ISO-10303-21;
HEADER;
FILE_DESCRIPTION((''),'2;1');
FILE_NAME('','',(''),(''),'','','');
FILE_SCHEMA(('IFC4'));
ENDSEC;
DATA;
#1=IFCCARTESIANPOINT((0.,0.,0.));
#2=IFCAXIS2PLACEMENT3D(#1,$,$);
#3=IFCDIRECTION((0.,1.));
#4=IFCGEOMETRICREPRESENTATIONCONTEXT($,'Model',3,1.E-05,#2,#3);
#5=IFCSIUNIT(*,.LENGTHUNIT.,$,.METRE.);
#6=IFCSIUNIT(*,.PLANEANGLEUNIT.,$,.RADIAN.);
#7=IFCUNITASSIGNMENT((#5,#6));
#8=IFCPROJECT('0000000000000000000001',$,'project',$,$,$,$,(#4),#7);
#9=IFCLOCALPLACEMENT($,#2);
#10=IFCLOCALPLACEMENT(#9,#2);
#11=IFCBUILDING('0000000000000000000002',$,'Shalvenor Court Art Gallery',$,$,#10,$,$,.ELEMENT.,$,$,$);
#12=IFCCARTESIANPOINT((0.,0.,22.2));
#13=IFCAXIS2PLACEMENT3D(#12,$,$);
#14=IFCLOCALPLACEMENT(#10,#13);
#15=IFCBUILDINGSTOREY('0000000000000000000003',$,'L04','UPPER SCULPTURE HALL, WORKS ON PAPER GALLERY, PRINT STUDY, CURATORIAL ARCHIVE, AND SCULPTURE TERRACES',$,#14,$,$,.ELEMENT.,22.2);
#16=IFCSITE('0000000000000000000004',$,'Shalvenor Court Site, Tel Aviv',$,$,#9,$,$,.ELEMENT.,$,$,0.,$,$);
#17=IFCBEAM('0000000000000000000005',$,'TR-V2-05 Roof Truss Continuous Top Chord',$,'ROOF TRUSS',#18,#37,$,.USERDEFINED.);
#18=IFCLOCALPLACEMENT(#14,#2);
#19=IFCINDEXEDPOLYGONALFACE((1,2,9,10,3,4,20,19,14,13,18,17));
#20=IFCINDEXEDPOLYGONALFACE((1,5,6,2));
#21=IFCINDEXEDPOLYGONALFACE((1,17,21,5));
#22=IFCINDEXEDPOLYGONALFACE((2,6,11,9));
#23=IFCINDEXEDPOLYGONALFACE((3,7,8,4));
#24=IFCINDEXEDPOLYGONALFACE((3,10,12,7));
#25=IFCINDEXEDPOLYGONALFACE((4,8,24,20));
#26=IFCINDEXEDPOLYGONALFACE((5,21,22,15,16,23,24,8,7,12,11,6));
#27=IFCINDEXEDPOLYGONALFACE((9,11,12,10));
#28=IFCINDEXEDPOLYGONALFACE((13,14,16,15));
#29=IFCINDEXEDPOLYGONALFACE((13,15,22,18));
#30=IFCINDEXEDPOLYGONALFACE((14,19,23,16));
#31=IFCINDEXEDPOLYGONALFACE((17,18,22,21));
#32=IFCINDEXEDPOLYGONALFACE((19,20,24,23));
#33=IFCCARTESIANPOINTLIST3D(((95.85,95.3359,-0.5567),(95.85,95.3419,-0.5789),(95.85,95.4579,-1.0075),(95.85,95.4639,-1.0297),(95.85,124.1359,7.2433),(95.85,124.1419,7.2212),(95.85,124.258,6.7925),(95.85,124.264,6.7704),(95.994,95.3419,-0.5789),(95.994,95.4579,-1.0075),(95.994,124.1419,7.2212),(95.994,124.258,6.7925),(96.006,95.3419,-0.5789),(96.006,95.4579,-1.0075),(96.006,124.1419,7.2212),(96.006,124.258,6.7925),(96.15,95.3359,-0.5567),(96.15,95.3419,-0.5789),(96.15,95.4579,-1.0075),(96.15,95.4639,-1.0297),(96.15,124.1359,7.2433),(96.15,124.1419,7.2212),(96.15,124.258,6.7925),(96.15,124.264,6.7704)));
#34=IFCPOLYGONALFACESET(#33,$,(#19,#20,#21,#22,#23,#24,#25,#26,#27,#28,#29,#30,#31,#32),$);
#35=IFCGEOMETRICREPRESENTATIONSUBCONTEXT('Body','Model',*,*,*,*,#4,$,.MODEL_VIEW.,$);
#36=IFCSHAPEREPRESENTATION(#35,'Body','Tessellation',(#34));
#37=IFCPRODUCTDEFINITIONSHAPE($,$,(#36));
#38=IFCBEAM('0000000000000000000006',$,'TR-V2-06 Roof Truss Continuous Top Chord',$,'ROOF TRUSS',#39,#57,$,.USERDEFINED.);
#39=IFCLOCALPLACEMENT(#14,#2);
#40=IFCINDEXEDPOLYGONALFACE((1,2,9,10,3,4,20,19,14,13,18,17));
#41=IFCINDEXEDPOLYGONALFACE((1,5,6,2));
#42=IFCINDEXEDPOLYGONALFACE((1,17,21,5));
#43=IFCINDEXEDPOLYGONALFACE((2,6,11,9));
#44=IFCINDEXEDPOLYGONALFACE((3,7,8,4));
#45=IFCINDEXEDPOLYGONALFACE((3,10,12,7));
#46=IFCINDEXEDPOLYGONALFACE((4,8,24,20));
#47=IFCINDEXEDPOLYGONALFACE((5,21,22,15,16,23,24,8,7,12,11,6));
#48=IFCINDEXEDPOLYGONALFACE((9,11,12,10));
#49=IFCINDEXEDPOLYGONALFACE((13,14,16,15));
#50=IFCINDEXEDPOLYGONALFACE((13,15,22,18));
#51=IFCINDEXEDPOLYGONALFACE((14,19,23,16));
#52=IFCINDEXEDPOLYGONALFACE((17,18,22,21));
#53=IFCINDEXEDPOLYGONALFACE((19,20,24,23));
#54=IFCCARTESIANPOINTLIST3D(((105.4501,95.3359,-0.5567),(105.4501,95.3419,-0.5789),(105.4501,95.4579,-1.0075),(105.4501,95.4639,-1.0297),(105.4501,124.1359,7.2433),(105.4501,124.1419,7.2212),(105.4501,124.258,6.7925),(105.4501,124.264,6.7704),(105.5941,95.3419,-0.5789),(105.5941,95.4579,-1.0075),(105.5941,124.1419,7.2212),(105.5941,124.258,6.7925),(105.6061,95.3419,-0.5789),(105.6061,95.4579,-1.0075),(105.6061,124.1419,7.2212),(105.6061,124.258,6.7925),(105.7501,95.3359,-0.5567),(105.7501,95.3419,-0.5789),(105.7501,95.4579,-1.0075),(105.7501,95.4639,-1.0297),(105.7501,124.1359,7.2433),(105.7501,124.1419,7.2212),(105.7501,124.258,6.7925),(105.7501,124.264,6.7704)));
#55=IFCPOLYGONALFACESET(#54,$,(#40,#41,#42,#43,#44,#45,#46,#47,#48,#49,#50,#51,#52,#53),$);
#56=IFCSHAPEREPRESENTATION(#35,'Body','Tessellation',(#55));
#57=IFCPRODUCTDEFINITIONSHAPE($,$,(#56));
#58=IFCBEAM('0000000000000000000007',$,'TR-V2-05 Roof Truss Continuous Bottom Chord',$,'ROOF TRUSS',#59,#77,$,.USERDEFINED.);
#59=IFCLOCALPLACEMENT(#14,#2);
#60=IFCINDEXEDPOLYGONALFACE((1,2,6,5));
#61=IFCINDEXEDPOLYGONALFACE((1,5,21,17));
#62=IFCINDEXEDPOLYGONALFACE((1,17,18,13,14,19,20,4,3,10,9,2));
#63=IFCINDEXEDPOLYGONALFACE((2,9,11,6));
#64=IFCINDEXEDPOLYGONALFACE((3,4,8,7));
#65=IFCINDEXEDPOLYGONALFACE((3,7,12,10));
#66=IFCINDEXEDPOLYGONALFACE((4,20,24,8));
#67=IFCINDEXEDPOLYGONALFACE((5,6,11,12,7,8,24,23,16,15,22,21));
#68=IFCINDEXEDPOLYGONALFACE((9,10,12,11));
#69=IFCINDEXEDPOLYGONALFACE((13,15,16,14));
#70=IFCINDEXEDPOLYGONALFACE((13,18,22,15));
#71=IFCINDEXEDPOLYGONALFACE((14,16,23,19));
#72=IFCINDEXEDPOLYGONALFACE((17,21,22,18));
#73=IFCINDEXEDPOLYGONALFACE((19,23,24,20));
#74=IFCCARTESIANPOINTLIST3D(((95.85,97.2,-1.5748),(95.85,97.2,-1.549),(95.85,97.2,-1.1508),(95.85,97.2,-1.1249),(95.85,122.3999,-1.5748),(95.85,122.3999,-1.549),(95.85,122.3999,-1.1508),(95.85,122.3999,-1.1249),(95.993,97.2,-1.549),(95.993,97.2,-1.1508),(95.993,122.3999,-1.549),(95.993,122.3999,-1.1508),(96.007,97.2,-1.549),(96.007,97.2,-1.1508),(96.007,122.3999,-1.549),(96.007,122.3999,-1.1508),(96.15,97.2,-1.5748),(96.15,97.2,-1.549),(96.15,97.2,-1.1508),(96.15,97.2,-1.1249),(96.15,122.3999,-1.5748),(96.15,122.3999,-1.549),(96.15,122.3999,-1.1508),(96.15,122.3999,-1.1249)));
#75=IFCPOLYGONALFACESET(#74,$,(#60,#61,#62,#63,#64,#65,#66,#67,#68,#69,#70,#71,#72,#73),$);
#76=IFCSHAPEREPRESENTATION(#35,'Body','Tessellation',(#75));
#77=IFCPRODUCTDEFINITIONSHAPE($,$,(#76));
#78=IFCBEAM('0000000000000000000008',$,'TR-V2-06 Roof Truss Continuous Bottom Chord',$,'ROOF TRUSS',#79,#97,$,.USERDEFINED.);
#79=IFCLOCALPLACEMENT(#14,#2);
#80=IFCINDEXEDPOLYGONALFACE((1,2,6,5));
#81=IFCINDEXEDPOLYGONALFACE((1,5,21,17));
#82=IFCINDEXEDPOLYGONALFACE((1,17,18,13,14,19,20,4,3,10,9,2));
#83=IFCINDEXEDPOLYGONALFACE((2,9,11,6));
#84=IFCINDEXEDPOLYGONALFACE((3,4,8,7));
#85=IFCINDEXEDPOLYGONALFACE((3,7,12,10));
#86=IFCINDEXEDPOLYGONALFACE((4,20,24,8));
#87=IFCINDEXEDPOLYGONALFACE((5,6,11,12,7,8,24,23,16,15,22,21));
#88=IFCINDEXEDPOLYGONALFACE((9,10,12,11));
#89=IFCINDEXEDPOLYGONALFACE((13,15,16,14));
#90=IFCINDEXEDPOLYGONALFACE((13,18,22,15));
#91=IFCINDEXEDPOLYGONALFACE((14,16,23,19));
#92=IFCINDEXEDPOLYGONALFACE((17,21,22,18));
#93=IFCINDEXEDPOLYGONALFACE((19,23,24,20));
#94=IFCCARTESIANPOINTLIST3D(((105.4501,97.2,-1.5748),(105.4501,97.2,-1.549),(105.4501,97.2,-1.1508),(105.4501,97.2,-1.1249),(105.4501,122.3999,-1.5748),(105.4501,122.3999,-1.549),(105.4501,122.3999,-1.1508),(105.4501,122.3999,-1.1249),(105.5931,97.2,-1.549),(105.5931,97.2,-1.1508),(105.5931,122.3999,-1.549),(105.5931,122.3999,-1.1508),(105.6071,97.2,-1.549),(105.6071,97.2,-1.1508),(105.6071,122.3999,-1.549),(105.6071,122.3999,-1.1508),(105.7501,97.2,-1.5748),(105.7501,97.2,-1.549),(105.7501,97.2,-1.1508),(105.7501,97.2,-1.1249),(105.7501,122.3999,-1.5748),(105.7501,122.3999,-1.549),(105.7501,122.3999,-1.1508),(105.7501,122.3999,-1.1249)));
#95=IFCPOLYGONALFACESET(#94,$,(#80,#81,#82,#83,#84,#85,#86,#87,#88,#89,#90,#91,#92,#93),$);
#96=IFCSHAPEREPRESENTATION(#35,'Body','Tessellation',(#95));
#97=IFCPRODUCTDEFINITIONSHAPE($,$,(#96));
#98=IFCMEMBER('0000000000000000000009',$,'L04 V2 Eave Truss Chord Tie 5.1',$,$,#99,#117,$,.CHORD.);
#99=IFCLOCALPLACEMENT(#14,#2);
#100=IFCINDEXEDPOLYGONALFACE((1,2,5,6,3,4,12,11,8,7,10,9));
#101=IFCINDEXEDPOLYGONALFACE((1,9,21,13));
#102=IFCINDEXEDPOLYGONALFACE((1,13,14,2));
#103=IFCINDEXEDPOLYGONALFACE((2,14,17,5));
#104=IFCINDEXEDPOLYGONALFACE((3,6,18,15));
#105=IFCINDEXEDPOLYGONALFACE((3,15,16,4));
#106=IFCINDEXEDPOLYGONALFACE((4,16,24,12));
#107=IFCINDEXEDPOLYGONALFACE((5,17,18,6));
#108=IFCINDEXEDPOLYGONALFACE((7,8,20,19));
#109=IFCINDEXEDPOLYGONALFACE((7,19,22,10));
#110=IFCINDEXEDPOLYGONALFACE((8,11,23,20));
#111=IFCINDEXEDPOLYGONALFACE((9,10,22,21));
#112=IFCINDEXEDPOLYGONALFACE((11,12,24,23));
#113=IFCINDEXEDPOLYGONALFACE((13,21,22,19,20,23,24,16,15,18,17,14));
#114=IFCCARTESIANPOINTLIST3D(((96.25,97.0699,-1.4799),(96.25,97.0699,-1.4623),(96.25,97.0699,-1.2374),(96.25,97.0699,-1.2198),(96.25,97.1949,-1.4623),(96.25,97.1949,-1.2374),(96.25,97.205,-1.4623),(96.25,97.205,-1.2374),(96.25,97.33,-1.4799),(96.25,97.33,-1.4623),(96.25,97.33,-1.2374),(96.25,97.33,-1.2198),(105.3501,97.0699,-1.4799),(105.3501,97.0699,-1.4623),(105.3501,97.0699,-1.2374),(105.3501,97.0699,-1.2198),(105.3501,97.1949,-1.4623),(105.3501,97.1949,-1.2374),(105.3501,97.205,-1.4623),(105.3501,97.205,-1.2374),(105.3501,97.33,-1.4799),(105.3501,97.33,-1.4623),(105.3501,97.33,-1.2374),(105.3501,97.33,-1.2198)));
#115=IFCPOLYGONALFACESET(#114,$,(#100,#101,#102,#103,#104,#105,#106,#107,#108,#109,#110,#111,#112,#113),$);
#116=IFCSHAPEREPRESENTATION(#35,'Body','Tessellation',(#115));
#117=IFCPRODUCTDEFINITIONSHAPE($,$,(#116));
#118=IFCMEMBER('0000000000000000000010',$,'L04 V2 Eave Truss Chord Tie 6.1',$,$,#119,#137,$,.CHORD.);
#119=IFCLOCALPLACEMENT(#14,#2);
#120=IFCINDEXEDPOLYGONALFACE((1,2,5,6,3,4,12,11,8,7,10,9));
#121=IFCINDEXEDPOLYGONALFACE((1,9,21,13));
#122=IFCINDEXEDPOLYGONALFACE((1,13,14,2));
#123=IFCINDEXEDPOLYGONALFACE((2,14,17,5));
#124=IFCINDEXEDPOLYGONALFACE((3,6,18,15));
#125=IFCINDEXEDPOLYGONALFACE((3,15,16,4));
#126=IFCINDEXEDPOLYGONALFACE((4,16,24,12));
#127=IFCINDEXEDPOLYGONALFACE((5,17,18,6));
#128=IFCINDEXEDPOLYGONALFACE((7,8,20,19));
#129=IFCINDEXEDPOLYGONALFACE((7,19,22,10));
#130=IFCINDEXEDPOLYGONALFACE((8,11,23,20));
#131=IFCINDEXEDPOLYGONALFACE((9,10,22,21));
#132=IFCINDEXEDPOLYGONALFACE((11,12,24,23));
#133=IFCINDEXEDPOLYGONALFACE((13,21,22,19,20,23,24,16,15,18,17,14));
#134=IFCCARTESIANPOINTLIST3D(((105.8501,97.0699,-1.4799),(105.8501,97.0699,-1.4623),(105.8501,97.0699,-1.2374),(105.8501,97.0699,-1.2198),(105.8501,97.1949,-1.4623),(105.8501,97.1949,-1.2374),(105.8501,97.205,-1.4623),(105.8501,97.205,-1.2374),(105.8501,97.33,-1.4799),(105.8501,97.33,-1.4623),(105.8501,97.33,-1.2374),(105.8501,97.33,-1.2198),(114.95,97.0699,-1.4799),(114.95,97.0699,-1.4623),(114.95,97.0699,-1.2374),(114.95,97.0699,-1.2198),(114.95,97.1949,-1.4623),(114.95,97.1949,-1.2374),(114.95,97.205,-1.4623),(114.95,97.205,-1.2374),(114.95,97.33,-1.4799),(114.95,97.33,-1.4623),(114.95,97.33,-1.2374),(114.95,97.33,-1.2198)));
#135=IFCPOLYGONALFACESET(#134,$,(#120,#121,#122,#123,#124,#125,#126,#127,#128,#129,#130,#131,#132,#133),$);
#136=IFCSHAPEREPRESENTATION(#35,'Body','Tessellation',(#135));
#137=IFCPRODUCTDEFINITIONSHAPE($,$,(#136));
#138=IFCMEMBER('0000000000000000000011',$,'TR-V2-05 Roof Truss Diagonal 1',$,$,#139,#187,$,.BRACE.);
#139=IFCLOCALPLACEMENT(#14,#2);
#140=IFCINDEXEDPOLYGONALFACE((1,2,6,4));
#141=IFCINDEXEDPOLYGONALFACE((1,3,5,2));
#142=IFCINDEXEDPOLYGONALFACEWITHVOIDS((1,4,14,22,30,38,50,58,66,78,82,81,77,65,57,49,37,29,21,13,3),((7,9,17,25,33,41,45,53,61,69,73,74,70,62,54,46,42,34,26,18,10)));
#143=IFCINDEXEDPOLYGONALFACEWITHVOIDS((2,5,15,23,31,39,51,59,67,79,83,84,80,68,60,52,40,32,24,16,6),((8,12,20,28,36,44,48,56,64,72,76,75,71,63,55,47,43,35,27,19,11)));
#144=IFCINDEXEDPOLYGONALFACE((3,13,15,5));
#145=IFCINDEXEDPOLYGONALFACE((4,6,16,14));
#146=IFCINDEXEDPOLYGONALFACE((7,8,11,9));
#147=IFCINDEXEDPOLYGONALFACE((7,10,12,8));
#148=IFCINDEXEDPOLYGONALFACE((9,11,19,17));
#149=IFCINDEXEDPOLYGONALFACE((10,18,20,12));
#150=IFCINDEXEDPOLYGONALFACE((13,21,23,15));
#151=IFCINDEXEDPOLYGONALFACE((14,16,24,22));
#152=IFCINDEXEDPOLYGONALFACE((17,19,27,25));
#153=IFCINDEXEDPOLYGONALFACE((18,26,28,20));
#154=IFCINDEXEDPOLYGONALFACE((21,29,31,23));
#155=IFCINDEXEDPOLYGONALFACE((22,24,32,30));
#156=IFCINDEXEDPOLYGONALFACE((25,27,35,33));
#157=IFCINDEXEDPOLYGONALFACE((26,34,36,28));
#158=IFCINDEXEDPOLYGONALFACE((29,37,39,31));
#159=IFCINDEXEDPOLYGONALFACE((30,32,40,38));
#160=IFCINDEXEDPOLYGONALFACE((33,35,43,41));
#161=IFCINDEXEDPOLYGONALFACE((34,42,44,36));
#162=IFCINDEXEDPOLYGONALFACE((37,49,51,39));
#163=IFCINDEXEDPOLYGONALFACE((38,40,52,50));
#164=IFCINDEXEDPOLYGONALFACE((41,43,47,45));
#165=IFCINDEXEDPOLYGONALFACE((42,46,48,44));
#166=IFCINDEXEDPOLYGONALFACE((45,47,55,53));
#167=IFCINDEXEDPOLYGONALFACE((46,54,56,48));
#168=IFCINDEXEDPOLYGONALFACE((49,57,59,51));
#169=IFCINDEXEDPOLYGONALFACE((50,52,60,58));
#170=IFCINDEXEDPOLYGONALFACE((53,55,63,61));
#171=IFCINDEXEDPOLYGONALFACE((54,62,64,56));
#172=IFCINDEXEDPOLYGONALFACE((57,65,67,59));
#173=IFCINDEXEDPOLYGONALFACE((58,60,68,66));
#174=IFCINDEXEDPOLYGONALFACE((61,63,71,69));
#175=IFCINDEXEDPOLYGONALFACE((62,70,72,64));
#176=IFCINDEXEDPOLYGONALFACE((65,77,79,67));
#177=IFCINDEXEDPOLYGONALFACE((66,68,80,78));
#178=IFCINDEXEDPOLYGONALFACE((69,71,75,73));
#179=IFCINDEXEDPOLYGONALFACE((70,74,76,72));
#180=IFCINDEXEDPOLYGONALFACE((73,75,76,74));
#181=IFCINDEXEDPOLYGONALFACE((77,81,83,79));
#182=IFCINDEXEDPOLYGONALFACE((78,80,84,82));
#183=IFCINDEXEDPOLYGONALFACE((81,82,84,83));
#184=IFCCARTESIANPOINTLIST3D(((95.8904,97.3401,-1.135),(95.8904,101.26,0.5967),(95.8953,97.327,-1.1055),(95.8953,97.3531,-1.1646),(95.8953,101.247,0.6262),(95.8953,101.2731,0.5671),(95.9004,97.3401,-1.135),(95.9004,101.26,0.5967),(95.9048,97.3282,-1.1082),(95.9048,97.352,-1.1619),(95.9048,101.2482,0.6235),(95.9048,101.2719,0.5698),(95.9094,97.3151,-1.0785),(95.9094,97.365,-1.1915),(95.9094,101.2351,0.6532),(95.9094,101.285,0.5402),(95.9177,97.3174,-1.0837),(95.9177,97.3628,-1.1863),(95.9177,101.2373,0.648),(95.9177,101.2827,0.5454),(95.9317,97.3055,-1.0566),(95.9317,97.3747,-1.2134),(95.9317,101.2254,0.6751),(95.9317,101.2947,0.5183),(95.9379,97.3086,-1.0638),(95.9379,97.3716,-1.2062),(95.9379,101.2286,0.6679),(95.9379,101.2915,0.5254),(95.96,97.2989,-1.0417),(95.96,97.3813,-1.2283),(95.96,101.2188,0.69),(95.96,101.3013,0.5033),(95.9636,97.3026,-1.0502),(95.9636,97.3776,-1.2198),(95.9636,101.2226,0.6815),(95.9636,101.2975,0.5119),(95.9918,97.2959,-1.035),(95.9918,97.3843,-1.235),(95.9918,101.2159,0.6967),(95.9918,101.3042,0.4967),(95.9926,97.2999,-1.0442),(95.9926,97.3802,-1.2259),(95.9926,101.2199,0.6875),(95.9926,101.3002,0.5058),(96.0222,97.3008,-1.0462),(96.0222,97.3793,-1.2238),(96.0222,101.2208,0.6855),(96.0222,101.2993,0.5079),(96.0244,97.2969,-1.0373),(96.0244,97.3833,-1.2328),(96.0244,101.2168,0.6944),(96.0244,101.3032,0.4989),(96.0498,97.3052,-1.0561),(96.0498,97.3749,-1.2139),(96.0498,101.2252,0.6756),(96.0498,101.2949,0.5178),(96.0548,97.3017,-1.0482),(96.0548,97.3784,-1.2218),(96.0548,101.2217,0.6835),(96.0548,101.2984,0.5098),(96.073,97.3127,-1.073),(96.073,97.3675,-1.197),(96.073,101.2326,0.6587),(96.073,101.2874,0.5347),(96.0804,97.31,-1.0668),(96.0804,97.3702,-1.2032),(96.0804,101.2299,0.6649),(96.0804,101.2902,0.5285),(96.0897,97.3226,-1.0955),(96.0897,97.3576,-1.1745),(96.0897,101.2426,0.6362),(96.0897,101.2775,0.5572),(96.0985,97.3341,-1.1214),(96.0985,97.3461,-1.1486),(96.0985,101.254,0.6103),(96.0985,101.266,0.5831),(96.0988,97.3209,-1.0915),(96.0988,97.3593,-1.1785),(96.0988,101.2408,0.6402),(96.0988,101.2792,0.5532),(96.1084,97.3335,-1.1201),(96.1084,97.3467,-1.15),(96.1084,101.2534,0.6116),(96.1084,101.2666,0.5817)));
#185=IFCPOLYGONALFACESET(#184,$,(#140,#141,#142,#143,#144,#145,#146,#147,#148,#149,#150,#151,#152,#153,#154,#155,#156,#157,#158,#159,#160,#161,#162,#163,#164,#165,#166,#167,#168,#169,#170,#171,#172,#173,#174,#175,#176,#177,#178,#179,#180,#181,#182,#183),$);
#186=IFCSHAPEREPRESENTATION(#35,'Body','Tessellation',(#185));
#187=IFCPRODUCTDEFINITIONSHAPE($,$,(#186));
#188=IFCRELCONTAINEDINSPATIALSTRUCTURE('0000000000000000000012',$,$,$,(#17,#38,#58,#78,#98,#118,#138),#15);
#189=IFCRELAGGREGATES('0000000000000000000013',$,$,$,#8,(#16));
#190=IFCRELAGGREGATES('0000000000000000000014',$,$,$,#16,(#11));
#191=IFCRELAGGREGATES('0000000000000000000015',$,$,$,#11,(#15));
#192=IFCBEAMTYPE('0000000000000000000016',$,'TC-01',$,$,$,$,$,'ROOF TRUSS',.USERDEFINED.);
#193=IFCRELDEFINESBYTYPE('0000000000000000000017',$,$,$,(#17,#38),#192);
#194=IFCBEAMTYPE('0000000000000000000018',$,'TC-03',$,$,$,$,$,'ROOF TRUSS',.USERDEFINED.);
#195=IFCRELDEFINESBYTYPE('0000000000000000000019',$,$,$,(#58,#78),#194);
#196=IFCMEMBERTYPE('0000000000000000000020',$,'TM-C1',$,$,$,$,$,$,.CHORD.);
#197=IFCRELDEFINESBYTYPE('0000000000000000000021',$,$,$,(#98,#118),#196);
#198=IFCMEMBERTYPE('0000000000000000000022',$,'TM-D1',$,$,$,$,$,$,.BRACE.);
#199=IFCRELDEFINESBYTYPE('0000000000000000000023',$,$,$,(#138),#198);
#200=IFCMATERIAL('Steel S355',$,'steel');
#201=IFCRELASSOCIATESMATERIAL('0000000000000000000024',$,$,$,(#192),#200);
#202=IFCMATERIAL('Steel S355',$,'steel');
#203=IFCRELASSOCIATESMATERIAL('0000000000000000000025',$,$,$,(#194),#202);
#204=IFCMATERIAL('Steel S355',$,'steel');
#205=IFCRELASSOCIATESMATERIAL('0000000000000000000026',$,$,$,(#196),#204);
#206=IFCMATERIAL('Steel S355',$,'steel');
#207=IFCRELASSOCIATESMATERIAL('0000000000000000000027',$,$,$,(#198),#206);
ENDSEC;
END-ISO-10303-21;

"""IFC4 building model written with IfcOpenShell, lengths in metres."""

from ifc_helpers import new_model, si_unit, direction, frame, origin, origin_2d, place, context, subcontext, project, spatial, hollow_circle, i_section, extrude, material, material_profile, profile_set, type_object, element, save


model = new_model("IFC4")

# Units and contexts
model_context = context("Model", 3, precision=1e-05, world=origin(), true_north=direction((0.0, 1.0)))
body_context = subcontext(model_context, "Body", "Model", "MODEL_VIEW")
ifc_project = project(units=[si_unit("LENGTHUNIT", "METRE"), si_unit("PLANEANGLEUNIT", "RADIAN")], contexts=[model_context])

# Site, building, storey
site_placement = place(None, origin())
site = spatial("IfcSite", under=ifc_project, at=site_placement, Name="Shalvenor Court Site, Tel Aviv", CompositionType="ELEMENT", RefElevation=0.0)
building_placement = place(site_placement, origin())
building = spatial("IfcBuilding", under=site, at=building_placement, Name="Shalvenor Court Art Gallery", CompositionType="ELEMENT")
storey_placement = place(building_placement, frame((0.0, 0.0, 22.2)))
storey = spatial("IfcBuildingStorey", under=building, at=storey_placement, Name="L04", Description="UPPER SCULPTURE HALL, WORKS ON PAPER GALLERY, PRINT STUDY, CURATORIAL ARCHIVE, AND SCULPTURE TERRACES", CompositionType="ELEMENT", Elevation=22.2)

# Beams
ifc_material_1 = material(Name="Steel S355", Category="steel")
ifc_material_profile_1 = material_profile(ifc_material_1, i_section(OverallWidth=0.3, OverallDepth=0.49, WebThickness=0.012, FlangeThickness=0.0229, at=origin_2d()), Name="HEA 500")
ifc_profile_set_1 = profile_set([ifc_material_profile_1], Name="Steel S355")
beam_type_1 = type_object("IfcBeamType", Name="TC-01", ElementType="ROOF TRUSS", PredefinedType="USERDEFINED", material=ifc_profile_set_1)
for number, where, z_axis, x_axis, name in (
    (1, (96.0, 95.3999, -0.7932), (0.0, 0.965226, 0.261417), (-1.0, 0.0, 0.0), "TR-V2-05 Roof Truss Continuous Top Chord"),
    (2, (105.6001, 95.3999, -0.7932), (0.0, 0.965226, 0.261417), (-1.0, 0.0, 0.0), "TR-V2-06 Roof Truss Continuous Top Chord"),
):
    element("IfcBeam", number, at=place(storey_placement, frame(where, z_axis=z_axis, x_axis=x_axis)), inside=storey, type_object=beam_type_1, Name=name, ObjectType="ROOF TRUSS", PredefinedType="USERDEFINED", context=body_context, shape_type="SweptSolid", body=[
        extrude(i_section(OverallWidth=0.3, OverallDepth=0.49, WebThickness=0.012, FlangeThickness=0.0229, at=origin_2d()), origin(), (0.0, 0.0, 1.0), 29.8376),
    ])
ifc_material_2 = material(Name="Steel S355", Category="steel")
ifc_material_profile_2 = material_profile(ifc_material_2, i_section(OverallWidth=0.3, OverallDepth=0.45, WebThickness=0.0139, FlangeThickness=0.0259, at=origin_2d()), Name="HEB 450")
ifc_profile_set_2 = profile_set([ifc_material_profile_2], Name="Steel S355")
beam_type_2 = type_object("IfcBeamType", Name="TC-03", ElementType="ROOF TRUSS", PredefinedType="USERDEFINED", material=ifc_profile_set_2)
for number, where, z_axis, x_axis, name in (
    (3, (96.0, 97.2, -1.3499), (0.0, 1.0, 0.0), (-1.0, 0.0, 0.0), "TR-V2-05 Roof Truss Continuous Bottom Chord"),
    (4, (105.6001, 97.2, -1.3499), (0.0, 1.0, 0.0), (-1.0, 0.0, 0.0), "TR-V2-06 Roof Truss Continuous Bottom Chord"),
):
    element("IfcBeam", number, at=place(storey_placement, frame(where, z_axis=z_axis, x_axis=x_axis)), inside=storey, type_object=beam_type_2, Name=name, ObjectType="ROOF TRUSS", PredefinedType="USERDEFINED", context=body_context, shape_type="SweptSolid", body=[
        extrude(i_section(OverallWidth=0.3, OverallDepth=0.45, WebThickness=0.0139, FlangeThickness=0.0259, at=origin_2d()), origin(), (0.0, 0.0, 1.0), 25.2),
    ])

# Members
ifc_material_3 = material(Name="Steel S355", Category="steel")
ifc_material_profile_3 = material_profile(ifc_material_3, i_section(OverallWidth=0.26, OverallDepth=0.26, WebThickness=0.01, FlangeThickness=0.0176, at=origin_2d()), Name="HEB 260")
ifc_profile_set_3 = profile_set([ifc_material_profile_3], Name="Steel S355")
member_type_1 = type_object("IfcMemberType", Name="TM-C1", PredefinedType="CHORD", material=ifc_profile_set_3)
member_1_placement = place(storey_placement, frame((96.25, 97.2, -1.3499), z_axis=(1.0, 0.0, 0.0), x_axis=(0.0, 1.0, 0.0)))
element("IfcMember", 5, at=member_1_placement, inside=storey, type_object=member_type_1, Name="L04 V2 Eave Truss Chord Tie 5.1", PredefinedType="CHORD", context=body_context, shape_type="SweptSolid", body=[
    extrude(i_section(OverallWidth=0.26, OverallDepth=0.26, WebThickness=0.01, FlangeThickness=0.0176, at=origin_2d()), origin(), (0.0, 0.0, 1.0), 9.1001),
])
member_2_placement = place(storey_placement, frame((105.8501, 97.2, -1.3499), z_axis=(1.0, 0.0, 0.0), x_axis=(0.0, 1.0, 0.0)))
element("IfcMember", 6, at=member_2_placement, inside=storey, type_object=member_type_1, Name="L04 V2 Eave Truss Chord Tie 6.1", PredefinedType="CHORD", context=body_context, shape_type="SweptSolid", body=[
    extrude(i_section(OverallWidth=0.26, OverallDepth=0.26, WebThickness=0.01, FlangeThickness=0.0176, at=origin_2d()), origin(), (0.0, 0.0, 1.0), 9.0999),
])
ifc_material_4 = material(Name="Steel S355", Category="steel")
ifc_material_profile_4 = material_profile(ifc_material_4, hollow_circle(Radius=0.1096, WallThickness=0.01, at=origin_2d()), Name="CHS 219.1x10.0")
ifc_profile_set_4 = profile_set([ifc_material_profile_4], Name="Steel S355")
member_type_2 = type_object("IfcMemberType", Name="TM-D1", PredefinedType="BRACE", material=ifc_profile_set_4)
for number, where, z_axis, x_axis, name in (
    (7, (96.0, 97.3401, -1.135), (0.0, 0.914718, 0.404092), (-1.0, 0.0, 0.0), "TR-V2-05 Roof Truss Diagonal 1"),
):
    element("IfcMember", number, at=place(storey_placement, frame(where, z_axis=z_axis, x_axis=x_axis)), inside=storey, type_object=member_type_2, Name=name, PredefinedType="BRACE", context=body_context, shape_type="SweptSolid", body=[
        extrude(hollow_circle(Radius=0.1096, WallThickness=0.01, at=origin_2d()), origin(), (0.0, 0.0, 1.0), 4.2854),
    ])

save(model, "model.ifc")
